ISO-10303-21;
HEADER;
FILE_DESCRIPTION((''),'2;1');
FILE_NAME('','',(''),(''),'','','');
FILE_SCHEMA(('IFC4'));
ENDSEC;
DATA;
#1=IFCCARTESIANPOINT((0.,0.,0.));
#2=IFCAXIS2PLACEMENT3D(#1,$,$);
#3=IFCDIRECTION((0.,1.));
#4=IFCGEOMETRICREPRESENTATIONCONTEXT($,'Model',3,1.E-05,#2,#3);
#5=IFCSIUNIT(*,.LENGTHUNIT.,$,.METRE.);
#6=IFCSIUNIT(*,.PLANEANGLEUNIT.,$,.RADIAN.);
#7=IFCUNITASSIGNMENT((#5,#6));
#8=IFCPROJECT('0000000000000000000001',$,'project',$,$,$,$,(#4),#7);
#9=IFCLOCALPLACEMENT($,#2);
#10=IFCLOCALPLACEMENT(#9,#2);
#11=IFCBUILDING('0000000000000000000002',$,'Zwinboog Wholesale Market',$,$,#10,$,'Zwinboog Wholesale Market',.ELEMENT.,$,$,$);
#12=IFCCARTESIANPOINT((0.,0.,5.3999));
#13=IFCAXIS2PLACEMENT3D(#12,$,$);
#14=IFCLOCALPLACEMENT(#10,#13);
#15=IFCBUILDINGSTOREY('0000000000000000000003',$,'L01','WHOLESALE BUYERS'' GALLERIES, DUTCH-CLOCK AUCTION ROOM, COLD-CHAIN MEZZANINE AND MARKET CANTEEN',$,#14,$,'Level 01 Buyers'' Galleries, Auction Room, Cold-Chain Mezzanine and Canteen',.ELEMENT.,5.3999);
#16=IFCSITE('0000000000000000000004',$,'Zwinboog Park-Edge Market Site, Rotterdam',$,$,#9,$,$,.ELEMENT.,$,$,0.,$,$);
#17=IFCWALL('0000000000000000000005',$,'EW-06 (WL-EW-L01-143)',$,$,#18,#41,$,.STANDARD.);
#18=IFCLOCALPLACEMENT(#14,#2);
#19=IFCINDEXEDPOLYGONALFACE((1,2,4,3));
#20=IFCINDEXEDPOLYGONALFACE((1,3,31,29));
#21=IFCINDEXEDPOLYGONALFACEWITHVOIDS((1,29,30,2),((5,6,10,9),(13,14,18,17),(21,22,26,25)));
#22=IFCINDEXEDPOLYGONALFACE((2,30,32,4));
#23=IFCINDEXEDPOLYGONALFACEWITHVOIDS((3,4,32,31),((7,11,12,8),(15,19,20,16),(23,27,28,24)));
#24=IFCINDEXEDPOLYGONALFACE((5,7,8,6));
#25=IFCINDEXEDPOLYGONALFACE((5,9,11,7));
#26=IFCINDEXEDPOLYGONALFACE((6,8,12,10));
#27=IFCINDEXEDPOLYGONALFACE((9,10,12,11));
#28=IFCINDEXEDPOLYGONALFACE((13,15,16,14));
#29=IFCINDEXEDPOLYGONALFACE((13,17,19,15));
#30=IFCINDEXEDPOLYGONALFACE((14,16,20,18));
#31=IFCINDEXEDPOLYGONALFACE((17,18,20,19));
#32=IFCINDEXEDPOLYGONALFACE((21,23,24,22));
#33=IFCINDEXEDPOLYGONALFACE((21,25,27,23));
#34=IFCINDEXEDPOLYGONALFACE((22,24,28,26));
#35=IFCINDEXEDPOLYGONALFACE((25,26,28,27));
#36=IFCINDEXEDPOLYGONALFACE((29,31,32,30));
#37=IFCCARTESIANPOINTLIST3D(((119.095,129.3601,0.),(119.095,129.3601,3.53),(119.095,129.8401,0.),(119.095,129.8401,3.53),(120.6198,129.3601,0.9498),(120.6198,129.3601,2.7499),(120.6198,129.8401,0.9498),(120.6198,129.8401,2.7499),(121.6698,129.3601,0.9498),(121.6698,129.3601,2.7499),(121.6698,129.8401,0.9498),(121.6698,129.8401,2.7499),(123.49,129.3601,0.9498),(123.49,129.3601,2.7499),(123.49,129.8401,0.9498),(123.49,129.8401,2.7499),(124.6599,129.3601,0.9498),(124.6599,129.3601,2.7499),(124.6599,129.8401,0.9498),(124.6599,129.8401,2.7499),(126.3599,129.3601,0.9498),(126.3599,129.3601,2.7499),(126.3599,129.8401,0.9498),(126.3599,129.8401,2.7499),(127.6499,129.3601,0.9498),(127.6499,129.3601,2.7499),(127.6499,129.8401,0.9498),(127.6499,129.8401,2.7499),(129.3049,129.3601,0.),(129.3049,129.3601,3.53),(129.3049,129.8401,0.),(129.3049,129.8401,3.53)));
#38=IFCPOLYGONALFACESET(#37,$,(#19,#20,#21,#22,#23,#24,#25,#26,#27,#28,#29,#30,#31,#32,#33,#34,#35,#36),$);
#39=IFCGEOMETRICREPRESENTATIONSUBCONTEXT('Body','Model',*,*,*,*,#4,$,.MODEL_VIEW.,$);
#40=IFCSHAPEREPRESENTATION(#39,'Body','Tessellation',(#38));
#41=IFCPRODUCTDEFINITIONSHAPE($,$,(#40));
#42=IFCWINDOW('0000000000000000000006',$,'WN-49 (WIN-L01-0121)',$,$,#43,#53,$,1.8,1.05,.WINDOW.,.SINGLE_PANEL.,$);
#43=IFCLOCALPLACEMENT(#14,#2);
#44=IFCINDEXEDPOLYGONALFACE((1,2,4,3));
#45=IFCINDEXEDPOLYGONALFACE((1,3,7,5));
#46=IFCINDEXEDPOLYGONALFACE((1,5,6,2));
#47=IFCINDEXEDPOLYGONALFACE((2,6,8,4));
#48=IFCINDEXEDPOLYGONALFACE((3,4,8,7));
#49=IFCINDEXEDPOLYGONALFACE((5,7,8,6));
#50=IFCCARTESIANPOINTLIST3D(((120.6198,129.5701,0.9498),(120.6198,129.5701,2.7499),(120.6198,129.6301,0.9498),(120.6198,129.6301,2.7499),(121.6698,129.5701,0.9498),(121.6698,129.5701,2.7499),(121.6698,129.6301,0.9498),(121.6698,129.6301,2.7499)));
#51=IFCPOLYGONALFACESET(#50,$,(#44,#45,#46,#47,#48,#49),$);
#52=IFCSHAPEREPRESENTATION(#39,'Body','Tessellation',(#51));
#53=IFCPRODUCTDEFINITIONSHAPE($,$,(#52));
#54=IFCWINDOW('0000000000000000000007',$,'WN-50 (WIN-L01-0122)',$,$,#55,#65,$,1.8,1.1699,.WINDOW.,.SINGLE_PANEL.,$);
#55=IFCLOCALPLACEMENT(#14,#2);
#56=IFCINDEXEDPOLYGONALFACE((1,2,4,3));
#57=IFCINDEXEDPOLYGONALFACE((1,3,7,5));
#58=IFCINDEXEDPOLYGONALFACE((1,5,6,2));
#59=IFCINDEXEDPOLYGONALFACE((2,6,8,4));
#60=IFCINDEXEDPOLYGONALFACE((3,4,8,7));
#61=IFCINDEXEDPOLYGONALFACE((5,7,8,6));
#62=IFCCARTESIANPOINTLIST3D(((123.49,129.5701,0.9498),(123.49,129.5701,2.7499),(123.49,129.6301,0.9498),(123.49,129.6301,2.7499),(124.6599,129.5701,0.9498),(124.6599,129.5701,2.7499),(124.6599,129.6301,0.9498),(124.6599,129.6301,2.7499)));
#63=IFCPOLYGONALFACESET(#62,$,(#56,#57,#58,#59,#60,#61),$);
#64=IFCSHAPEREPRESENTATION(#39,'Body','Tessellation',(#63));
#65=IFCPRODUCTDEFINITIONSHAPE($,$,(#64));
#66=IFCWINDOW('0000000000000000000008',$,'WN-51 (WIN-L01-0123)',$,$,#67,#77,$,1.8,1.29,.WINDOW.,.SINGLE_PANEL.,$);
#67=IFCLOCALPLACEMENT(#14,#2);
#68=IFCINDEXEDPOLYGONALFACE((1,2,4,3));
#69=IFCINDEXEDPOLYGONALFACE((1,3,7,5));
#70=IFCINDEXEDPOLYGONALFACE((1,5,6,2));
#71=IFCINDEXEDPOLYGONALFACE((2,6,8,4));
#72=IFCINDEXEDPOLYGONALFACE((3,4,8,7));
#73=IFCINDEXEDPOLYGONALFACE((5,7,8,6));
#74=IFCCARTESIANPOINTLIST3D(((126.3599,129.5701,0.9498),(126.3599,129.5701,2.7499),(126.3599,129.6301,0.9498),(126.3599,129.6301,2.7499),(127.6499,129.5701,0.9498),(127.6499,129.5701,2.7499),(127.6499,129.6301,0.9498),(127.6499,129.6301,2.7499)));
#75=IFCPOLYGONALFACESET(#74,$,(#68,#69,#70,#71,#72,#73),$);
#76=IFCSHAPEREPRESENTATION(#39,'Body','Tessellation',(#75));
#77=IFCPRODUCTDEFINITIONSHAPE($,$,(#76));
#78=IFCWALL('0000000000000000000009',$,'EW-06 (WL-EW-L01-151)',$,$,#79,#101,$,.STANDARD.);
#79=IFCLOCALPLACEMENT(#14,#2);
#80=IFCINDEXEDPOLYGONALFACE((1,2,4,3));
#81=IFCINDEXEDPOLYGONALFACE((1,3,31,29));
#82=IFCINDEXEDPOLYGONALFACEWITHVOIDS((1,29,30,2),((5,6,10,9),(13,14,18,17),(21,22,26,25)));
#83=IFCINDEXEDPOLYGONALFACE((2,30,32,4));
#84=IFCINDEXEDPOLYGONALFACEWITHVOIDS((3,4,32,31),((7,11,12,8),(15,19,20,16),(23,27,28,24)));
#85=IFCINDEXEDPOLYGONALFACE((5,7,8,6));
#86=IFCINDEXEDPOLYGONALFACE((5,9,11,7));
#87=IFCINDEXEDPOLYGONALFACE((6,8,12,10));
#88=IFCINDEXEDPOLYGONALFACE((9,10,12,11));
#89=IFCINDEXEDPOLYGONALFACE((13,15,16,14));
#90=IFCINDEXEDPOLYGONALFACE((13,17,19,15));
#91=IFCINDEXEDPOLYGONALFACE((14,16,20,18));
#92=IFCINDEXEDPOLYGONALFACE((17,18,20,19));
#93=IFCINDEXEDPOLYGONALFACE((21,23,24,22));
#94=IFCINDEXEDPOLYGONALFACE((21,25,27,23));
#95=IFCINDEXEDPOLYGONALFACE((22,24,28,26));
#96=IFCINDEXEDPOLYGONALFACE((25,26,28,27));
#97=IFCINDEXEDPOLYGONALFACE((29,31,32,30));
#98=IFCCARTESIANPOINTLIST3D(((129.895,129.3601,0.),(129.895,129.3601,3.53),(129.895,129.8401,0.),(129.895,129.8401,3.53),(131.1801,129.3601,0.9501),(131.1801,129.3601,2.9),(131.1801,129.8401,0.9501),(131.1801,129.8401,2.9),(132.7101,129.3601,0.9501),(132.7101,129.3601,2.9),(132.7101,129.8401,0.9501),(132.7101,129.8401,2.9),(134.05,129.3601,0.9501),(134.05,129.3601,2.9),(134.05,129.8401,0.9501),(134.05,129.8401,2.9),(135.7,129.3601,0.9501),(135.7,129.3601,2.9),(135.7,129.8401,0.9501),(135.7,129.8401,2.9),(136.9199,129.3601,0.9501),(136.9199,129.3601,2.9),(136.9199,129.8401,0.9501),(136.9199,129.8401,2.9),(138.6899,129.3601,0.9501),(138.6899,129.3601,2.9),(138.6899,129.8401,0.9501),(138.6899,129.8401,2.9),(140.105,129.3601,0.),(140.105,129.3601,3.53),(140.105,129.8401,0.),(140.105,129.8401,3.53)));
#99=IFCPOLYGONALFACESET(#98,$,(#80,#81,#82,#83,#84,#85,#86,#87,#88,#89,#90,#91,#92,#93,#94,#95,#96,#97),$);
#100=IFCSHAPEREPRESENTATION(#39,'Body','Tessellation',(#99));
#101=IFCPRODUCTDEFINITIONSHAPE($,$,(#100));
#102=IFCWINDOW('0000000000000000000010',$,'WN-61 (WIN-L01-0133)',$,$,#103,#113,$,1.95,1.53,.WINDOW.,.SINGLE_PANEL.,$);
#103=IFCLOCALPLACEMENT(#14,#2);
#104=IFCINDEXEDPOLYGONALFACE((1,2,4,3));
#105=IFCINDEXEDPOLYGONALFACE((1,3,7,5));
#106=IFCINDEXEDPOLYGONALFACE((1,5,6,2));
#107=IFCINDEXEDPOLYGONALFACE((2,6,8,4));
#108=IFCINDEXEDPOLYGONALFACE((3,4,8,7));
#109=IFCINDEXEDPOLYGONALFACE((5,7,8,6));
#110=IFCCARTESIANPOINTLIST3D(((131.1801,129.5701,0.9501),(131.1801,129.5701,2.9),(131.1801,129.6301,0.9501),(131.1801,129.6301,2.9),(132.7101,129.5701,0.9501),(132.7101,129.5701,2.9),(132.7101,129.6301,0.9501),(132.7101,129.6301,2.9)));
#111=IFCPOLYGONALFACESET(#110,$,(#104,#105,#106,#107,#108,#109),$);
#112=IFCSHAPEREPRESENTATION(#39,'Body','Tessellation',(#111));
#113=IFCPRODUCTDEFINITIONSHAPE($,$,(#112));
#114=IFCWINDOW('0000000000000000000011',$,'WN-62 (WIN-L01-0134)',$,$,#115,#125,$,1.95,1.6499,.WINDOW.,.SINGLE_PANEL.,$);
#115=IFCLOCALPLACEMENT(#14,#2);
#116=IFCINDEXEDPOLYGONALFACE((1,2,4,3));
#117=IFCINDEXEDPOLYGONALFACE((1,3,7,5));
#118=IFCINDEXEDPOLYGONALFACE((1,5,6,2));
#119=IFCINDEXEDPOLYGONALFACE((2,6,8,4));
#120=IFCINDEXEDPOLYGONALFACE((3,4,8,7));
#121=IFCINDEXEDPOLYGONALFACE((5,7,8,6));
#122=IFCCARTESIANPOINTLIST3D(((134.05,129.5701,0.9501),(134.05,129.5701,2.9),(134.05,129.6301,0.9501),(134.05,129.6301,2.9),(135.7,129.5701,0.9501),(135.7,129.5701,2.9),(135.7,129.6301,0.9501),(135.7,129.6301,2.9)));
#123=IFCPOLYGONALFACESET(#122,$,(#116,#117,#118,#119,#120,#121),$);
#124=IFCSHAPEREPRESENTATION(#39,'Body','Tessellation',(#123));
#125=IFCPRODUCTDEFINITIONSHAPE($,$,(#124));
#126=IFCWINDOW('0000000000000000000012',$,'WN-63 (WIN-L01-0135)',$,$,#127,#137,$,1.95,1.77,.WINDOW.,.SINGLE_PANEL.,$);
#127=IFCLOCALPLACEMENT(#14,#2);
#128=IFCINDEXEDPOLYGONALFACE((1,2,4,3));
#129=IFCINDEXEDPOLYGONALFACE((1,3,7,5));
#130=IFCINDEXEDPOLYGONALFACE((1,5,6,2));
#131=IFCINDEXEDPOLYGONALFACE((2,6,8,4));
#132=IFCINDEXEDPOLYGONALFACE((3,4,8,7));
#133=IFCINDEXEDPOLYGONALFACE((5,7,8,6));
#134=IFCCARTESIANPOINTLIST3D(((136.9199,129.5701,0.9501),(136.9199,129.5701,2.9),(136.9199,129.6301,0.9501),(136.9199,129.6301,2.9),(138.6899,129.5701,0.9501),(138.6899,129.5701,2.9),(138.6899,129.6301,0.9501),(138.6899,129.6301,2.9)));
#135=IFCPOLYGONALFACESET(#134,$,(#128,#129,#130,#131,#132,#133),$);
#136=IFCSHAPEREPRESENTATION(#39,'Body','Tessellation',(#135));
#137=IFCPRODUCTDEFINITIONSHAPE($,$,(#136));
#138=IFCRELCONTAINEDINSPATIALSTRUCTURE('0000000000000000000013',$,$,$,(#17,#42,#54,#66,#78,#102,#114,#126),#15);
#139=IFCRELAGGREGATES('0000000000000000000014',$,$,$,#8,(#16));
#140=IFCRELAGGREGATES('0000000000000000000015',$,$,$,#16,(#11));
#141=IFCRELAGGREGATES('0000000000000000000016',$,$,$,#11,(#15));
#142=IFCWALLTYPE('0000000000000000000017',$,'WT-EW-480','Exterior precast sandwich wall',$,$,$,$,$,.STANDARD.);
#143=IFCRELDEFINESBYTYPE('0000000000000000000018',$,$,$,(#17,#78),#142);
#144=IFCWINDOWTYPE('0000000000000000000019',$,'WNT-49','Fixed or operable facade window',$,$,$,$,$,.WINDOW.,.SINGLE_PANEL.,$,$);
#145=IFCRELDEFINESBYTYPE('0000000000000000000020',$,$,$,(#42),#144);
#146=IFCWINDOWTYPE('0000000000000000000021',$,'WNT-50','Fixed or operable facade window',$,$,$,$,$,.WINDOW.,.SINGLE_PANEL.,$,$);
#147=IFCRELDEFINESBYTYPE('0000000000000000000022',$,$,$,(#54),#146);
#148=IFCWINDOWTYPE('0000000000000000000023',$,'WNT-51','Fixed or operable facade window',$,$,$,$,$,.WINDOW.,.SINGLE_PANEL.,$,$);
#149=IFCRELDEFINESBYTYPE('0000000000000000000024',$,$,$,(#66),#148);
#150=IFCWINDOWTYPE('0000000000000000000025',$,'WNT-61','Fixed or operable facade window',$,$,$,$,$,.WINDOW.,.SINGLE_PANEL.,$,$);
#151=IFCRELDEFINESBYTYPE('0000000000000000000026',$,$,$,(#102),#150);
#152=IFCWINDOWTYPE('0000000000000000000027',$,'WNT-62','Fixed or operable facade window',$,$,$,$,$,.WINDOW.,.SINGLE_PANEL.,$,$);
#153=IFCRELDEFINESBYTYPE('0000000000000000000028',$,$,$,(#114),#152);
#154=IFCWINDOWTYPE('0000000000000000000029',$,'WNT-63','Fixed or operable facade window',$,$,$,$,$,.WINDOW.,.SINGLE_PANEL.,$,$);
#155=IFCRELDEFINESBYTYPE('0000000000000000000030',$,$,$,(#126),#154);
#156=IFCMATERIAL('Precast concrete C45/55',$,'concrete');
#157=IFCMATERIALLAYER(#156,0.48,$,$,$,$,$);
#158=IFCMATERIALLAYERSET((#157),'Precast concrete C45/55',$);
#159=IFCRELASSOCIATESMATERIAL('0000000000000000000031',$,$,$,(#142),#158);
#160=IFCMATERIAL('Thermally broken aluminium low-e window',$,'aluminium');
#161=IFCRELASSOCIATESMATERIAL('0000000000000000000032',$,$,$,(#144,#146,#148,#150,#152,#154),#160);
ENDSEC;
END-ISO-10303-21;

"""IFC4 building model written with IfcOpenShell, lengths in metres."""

from ifc_helpers import new_model, si_unit, direction, frame, frame_2d, origin, place, context, subcontext, project, spatial, rectangle, extrude, material, layer, layer_set, type_object, element, fill, save


model = new_model("IFC4")

# Units and contexts
model_context = context("Model", 3, precision=1e-05, world=origin(), true_north=direction((0.0, 1.0)))
body_context = subcontext(model_context, "Body", "Model", "MODEL_VIEW")
ifc_project = project(units=[si_unit("LENGTHUNIT", "METRE"), si_unit("PLANEANGLEUNIT", "RADIAN")], contexts=[model_context])

# Site, building, storey
site_placement = place(None, origin())
site = spatial("IfcSite", under=ifc_project, at=site_placement, Name="Zwinboog Park-Edge Market Site, Rotterdam", CompositionType="ELEMENT", RefElevation=0.0)
building_placement = place(site_placement, origin())
building = spatial("IfcBuilding", under=site, at=building_placement, Name="Zwinboog Wholesale Market", LongName="Zwinboog Wholesale Market", CompositionType="ELEMENT")
storey_placement = place(building_placement, frame((0.0, 0.0, 5.3999)))
storey = spatial("IfcBuildingStorey", under=building, at=storey_placement, Name="L01", Description="WHOLESALE BUYERS' GALLERIES, DUTCH-CLOCK AUCTION ROOM, COLD-CHAIN MEZZANINE AND MARKET CANTEEN", LongName="Level 01 Buyers' Galleries, Auction Room, Cold-Chain Mezzanine and Canteen", CompositionType="ELEMENT", Elevation=5.3999)

# Shared definitions
ifc_material_1 = material(Name="Precast concrete C45/55", Category="concrete")

# Walls, openings, windows
ifc_layer = layer(ifc_material_1, 0.48)
ifc_layer_set = layer_set([ifc_layer], Name="Precast concrete C45/55")
wall_type = type_object("IfcWallType", Name="WT-EW-480", Description="Exterior precast sandwich wall", PredefinedType="STANDARD", material=ifc_layer_set)
wall_1_placement = place(storey_placement, frame((119.095, 129.6001, 0.0), z_axis=(0.0, 0.0, 1.0), x_axis=(1.0, 0.0, 0.0)))
wall_1 = element("IfcWall", 1, at=wall_1_placement, inside=storey, type_object=wall_type, Name="EW-06 (WL-EW-L01-143)", PredefinedType="STANDARD", context=body_context, shape_type="SweptSolid", body=[
    extrude(rectangle(XDim=10.21, YDim=0.48, at=frame_2d((5.105, 0.0))), origin(), (0.0, 0.0, 1.0), 3.53),
])
opening_1_placement = place(wall_1_placement, frame((1.5249, 0.0, 0.95)))
opening_1 = element("IfcOpeningElement", 2, at=opening_1_placement, cuts=wall_1, PredefinedType="OPENING", context=body_context, shape_type="SweptSolid", body=[
    extrude(rectangle(XDim=1.05, YDim=1.8, at=frame_2d((0.5249, 0.8999))), frame((0.0, 0.25, 0.0), z_axis=(0.0, -1.0, 0.0), x_axis=(1.0, 0.0, 0.0)), (0.0, 0.0, 1.0), 0.5),
])
opening_2_placement = place(wall_1_placement, frame((4.395, 0.0, 0.95)))
opening_2 = element("IfcOpeningElement", 3, at=opening_2_placement, cuts=wall_1, PredefinedType="OPENING", context=body_context, shape_type="SweptSolid", body=[
    extrude(rectangle(XDim=1.1699, YDim=1.8, at=frame_2d((0.585, 0.8999))), frame((0.0, 0.25, 0.0), z_axis=(0.0, -1.0, 0.0), x_axis=(1.0, 0.0, 0.0)), (0.0, 0.0, 1.0), 0.5),
])
opening_3_placement = place(wall_1_placement, frame((7.2649, 0.0, 0.95)))
opening_3 = element("IfcOpeningElement", 4, at=opening_3_placement, cuts=wall_1, PredefinedType="OPENING", context=body_context, shape_type="SweptSolid", body=[
    extrude(rectangle(XDim=1.29, YDim=1.8, at=frame_2d((0.645, 0.8999))), frame((0.0, 0.25, 0.0), z_axis=(0.0, -1.0, 0.0), x_axis=(1.0, 0.0, 0.0)), (0.0, 0.0, 1.0), 0.5),
])
ifc_material_2 = material(Name="Thermally broken aluminium low-e window", Category="aluminium")
window_type_1 = type_object("IfcWindowType", Name="WNT-49", Description="Fixed or operable facade window", PartitioningType="SINGLE_PANEL", PredefinedType="WINDOW", material=ifc_material_2)
window_1_placement = place(opening_1_placement, origin())
window_1 = element("IfcWindow", 5, at=window_1_placement, inside=storey, type_object=window_type_1, Name="WN-49 (WIN-L01-0121)", OverallHeight=1.8, OverallWidth=1.05, PartitioningType="SINGLE_PANEL", PredefinedType="WINDOW", context=body_context, shape_type="SweptSolid", body=[
    extrude(rectangle(XDim=1.05, YDim=1.8, at=frame_2d((0.5249, 0.8999))), frame((0.0, 0.03, 0.0), z_axis=(0.0, -1.0, 0.0), x_axis=(1.0, 0.0, 0.0)), (0.0, 0.0, 1.0), 0.0601),
])
fill(opening_1, window_1)
window_type_2 = type_object("IfcWindowType", Name="WNT-50", Description="Fixed or operable facade window", PartitioningType="SINGLE_PANEL", PredefinedType="WINDOW", material=ifc_material_2)
window_2_placement = place(opening_2_placement, origin())
window_2 = element("IfcWindow", 6, at=window_2_placement, inside=storey, type_object=window_type_2, Name="WN-50 (WIN-L01-0122)", OverallHeight=1.8, OverallWidth=1.1699, PartitioningType="SINGLE_PANEL", PredefinedType="WINDOW", context=body_context, shape_type="SweptSolid", body=[
    extrude(rectangle(XDim=1.1699, YDim=1.8, at=frame_2d((0.585, 0.8999))), frame((0.0, 0.03, 0.0), z_axis=(0.0, -1.0, 0.0), x_axis=(1.0, 0.0, 0.0)), (0.0, 0.0, 1.0), 0.0601),
])
fill(opening_2, window_2)
window_type_3 = type_object("IfcWindowType", Name="WNT-51", Description="Fixed or operable facade window", PartitioningType="SINGLE_PANEL", PredefinedType="WINDOW", material=ifc_material_2)
window_3_placement = place(opening_3_placement, origin())
window_3 = element("IfcWindow", 7, at=window_3_placement, inside=storey, type_object=window_type_3, Name="WN-51 (WIN-L01-0123)", OverallHeight=1.8, OverallWidth=1.29, PartitioningType="SINGLE_PANEL", PredefinedType="WINDOW", context=body_context, shape_type="SweptSolid", body=[
    extrude(rectangle(XDim=1.29, YDim=1.8, at=frame_2d((0.645, 0.8999))), frame((0.0, 0.03, 0.0), z_axis=(0.0, -1.0, 0.0), x_axis=(1.0, 0.0, 0.0)), (0.0, 0.0, 1.0), 0.0601),
])
fill(opening_3, window_3)
wall_2_placement = place(storey_placement, frame((129.895, 129.6001, 0.0), z_axis=(0.0, 0.0, 1.0), x_axis=(1.0, 0.0, 0.0)))
wall_2 = element("IfcWall", 8, at=wall_2_placement, inside=storey, type_object=wall_type, Name="EW-06 (WL-EW-L01-151)", PredefinedType="STANDARD", context=body_context, shape_type="SweptSolid", body=[
    extrude(rectangle(XDim=10.21, YDim=0.48, at=frame_2d((5.105, 0.0))), origin(), (0.0, 0.0, 1.0), 3.53),
])
opening_4_placement = place(wall_2_placement, frame((1.2849, 0.0, 0.95)))
opening_4 = element("IfcOpeningElement", 9, at=opening_4_placement, cuts=wall_2, PredefinedType="OPENING", context=body_context, shape_type="SweptSolid", body=[
    extrude(rectangle(XDim=1.53, YDim=1.95, at=frame_2d((0.7651, 0.9751))), frame((0.0, 0.25, 0.0), z_axis=(0.0, -1.0, 0.0), x_axis=(1.0, 0.0, 0.0)), (0.0, 0.0, 1.0), 0.5),
])
opening_5_placement = place(wall_2_placement, frame((4.155, 0.0, 0.95)))
opening_5 = element("IfcOpeningElement", 10, at=opening_5_placement, cuts=wall_2, PredefinedType="OPENING", context=body_context, shape_type="SweptSolid", body=[
    extrude(rectangle(XDim=1.6499, YDim=1.95, at=frame_2d((0.825, 0.9751))), frame((0.0, 0.25, 0.0), z_axis=(0.0, -1.0, 0.0), x_axis=(1.0, 0.0, 0.0)), (0.0, 0.0, 1.0), 0.5),
])
opening_6_placement = place(wall_2_placement, frame((7.0249, 0.0, 0.95)))
opening_6 = element("IfcOpeningElement", 11, at=opening_6_placement, cuts=wall_2, PredefinedType="OPENING", context=body_context, shape_type="SweptSolid", body=[
    extrude(rectangle(XDim=1.77, YDim=1.95, at=frame_2d((0.885, 0.9751))), frame((0.0, 0.25, 0.0), z_axis=(0.0, -1.0, 0.0), x_axis=(1.0, 0.0, 0.0)), (0.0, 0.0, 1.0), 0.5),
])
window_type_4 = type_object("IfcWindowType", Name="WNT-61", Description="Fixed or operable facade window", PartitioningType="SINGLE_PANEL", PredefinedType="WINDOW", material=ifc_material_2)
window_4_placement = place(opening_4_placement, origin())
window_4 = element("IfcWindow", 12, at=window_4_placement, inside=storey, type_object=window_type_4, Name="WN-61 (WIN-L01-0133)", OverallHeight=1.95, OverallWidth=1.53, PartitioningType="SINGLE_PANEL", PredefinedType="WINDOW", context=body_context, shape_type="SweptSolid", body=[
    extrude(rectangle(XDim=1.53, YDim=1.95, at=frame_2d((0.7651, 0.9751))), frame((0.0, 0.03, 0.0), z_axis=(0.0, -1.0, 0.0), x_axis=(1.0, 0.0, 0.0)), (0.0, 0.0, 1.0), 0.0601),
])
fill(opening_4, window_4)
window_type_5 = type_object("IfcWindowType", Name="WNT-62", Description="Fixed or operable facade window", PartitioningType="SINGLE_PANEL", PredefinedType="WINDOW", material=ifc_material_2)
window_5_placement = place(opening_5_placement, origin())
window_5 = element("IfcWindow", 13, at=window_5_placement, inside=storey, type_object=window_type_5, Name="WN-62 (WIN-L01-0134)", OverallHeight=1.95, OverallWidth=1.6499, PartitioningType="SINGLE_PANEL", PredefinedType="WINDOW", context=body_context, shape_type="SweptSolid", body=[
    extrude(rectangle(XDim=1.6499, YDim=1.95, at=frame_2d((0.825, 0.9751))), frame((0.0, 0.03, 0.0), z_axis=(0.0, -1.0, 0.0), x_axis=(1.0, 0.0, 0.0)), (0.0, 0.0, 1.0), 0.0601),
])
fill(opening_5, window_5)
window_type_6 = type_object("IfcWindowType", Name="WNT-63", Description="Fixed or operable facade window", PartitioningType="SINGLE_PANEL", PredefinedType="WINDOW", material=ifc_material_2)
window_6_placement = place(opening_6_placement, origin())
window_6 = element("IfcWindow", 14, at=window_6_placement, inside=storey, type_object=window_type_6, Name="WN-63 (WIN-L01-0135)", OverallHeight=1.95, OverallWidth=1.77, PartitioningType="SINGLE_PANEL", PredefinedType="WINDOW", context=body_context, shape_type="SweptSolid", body=[
    extrude(rectangle(XDim=1.77, YDim=1.95, at=frame_2d((0.885, 0.9751))), frame((0.0, 0.03, 0.0), z_axis=(0.0, -1.0, 0.0), x_axis=(1.0, 0.0, 0.0)), (0.0, 0.0, 1.0), 0.0601),
])
fill(opening_6, window_6)

save(model, "model.ifc")
